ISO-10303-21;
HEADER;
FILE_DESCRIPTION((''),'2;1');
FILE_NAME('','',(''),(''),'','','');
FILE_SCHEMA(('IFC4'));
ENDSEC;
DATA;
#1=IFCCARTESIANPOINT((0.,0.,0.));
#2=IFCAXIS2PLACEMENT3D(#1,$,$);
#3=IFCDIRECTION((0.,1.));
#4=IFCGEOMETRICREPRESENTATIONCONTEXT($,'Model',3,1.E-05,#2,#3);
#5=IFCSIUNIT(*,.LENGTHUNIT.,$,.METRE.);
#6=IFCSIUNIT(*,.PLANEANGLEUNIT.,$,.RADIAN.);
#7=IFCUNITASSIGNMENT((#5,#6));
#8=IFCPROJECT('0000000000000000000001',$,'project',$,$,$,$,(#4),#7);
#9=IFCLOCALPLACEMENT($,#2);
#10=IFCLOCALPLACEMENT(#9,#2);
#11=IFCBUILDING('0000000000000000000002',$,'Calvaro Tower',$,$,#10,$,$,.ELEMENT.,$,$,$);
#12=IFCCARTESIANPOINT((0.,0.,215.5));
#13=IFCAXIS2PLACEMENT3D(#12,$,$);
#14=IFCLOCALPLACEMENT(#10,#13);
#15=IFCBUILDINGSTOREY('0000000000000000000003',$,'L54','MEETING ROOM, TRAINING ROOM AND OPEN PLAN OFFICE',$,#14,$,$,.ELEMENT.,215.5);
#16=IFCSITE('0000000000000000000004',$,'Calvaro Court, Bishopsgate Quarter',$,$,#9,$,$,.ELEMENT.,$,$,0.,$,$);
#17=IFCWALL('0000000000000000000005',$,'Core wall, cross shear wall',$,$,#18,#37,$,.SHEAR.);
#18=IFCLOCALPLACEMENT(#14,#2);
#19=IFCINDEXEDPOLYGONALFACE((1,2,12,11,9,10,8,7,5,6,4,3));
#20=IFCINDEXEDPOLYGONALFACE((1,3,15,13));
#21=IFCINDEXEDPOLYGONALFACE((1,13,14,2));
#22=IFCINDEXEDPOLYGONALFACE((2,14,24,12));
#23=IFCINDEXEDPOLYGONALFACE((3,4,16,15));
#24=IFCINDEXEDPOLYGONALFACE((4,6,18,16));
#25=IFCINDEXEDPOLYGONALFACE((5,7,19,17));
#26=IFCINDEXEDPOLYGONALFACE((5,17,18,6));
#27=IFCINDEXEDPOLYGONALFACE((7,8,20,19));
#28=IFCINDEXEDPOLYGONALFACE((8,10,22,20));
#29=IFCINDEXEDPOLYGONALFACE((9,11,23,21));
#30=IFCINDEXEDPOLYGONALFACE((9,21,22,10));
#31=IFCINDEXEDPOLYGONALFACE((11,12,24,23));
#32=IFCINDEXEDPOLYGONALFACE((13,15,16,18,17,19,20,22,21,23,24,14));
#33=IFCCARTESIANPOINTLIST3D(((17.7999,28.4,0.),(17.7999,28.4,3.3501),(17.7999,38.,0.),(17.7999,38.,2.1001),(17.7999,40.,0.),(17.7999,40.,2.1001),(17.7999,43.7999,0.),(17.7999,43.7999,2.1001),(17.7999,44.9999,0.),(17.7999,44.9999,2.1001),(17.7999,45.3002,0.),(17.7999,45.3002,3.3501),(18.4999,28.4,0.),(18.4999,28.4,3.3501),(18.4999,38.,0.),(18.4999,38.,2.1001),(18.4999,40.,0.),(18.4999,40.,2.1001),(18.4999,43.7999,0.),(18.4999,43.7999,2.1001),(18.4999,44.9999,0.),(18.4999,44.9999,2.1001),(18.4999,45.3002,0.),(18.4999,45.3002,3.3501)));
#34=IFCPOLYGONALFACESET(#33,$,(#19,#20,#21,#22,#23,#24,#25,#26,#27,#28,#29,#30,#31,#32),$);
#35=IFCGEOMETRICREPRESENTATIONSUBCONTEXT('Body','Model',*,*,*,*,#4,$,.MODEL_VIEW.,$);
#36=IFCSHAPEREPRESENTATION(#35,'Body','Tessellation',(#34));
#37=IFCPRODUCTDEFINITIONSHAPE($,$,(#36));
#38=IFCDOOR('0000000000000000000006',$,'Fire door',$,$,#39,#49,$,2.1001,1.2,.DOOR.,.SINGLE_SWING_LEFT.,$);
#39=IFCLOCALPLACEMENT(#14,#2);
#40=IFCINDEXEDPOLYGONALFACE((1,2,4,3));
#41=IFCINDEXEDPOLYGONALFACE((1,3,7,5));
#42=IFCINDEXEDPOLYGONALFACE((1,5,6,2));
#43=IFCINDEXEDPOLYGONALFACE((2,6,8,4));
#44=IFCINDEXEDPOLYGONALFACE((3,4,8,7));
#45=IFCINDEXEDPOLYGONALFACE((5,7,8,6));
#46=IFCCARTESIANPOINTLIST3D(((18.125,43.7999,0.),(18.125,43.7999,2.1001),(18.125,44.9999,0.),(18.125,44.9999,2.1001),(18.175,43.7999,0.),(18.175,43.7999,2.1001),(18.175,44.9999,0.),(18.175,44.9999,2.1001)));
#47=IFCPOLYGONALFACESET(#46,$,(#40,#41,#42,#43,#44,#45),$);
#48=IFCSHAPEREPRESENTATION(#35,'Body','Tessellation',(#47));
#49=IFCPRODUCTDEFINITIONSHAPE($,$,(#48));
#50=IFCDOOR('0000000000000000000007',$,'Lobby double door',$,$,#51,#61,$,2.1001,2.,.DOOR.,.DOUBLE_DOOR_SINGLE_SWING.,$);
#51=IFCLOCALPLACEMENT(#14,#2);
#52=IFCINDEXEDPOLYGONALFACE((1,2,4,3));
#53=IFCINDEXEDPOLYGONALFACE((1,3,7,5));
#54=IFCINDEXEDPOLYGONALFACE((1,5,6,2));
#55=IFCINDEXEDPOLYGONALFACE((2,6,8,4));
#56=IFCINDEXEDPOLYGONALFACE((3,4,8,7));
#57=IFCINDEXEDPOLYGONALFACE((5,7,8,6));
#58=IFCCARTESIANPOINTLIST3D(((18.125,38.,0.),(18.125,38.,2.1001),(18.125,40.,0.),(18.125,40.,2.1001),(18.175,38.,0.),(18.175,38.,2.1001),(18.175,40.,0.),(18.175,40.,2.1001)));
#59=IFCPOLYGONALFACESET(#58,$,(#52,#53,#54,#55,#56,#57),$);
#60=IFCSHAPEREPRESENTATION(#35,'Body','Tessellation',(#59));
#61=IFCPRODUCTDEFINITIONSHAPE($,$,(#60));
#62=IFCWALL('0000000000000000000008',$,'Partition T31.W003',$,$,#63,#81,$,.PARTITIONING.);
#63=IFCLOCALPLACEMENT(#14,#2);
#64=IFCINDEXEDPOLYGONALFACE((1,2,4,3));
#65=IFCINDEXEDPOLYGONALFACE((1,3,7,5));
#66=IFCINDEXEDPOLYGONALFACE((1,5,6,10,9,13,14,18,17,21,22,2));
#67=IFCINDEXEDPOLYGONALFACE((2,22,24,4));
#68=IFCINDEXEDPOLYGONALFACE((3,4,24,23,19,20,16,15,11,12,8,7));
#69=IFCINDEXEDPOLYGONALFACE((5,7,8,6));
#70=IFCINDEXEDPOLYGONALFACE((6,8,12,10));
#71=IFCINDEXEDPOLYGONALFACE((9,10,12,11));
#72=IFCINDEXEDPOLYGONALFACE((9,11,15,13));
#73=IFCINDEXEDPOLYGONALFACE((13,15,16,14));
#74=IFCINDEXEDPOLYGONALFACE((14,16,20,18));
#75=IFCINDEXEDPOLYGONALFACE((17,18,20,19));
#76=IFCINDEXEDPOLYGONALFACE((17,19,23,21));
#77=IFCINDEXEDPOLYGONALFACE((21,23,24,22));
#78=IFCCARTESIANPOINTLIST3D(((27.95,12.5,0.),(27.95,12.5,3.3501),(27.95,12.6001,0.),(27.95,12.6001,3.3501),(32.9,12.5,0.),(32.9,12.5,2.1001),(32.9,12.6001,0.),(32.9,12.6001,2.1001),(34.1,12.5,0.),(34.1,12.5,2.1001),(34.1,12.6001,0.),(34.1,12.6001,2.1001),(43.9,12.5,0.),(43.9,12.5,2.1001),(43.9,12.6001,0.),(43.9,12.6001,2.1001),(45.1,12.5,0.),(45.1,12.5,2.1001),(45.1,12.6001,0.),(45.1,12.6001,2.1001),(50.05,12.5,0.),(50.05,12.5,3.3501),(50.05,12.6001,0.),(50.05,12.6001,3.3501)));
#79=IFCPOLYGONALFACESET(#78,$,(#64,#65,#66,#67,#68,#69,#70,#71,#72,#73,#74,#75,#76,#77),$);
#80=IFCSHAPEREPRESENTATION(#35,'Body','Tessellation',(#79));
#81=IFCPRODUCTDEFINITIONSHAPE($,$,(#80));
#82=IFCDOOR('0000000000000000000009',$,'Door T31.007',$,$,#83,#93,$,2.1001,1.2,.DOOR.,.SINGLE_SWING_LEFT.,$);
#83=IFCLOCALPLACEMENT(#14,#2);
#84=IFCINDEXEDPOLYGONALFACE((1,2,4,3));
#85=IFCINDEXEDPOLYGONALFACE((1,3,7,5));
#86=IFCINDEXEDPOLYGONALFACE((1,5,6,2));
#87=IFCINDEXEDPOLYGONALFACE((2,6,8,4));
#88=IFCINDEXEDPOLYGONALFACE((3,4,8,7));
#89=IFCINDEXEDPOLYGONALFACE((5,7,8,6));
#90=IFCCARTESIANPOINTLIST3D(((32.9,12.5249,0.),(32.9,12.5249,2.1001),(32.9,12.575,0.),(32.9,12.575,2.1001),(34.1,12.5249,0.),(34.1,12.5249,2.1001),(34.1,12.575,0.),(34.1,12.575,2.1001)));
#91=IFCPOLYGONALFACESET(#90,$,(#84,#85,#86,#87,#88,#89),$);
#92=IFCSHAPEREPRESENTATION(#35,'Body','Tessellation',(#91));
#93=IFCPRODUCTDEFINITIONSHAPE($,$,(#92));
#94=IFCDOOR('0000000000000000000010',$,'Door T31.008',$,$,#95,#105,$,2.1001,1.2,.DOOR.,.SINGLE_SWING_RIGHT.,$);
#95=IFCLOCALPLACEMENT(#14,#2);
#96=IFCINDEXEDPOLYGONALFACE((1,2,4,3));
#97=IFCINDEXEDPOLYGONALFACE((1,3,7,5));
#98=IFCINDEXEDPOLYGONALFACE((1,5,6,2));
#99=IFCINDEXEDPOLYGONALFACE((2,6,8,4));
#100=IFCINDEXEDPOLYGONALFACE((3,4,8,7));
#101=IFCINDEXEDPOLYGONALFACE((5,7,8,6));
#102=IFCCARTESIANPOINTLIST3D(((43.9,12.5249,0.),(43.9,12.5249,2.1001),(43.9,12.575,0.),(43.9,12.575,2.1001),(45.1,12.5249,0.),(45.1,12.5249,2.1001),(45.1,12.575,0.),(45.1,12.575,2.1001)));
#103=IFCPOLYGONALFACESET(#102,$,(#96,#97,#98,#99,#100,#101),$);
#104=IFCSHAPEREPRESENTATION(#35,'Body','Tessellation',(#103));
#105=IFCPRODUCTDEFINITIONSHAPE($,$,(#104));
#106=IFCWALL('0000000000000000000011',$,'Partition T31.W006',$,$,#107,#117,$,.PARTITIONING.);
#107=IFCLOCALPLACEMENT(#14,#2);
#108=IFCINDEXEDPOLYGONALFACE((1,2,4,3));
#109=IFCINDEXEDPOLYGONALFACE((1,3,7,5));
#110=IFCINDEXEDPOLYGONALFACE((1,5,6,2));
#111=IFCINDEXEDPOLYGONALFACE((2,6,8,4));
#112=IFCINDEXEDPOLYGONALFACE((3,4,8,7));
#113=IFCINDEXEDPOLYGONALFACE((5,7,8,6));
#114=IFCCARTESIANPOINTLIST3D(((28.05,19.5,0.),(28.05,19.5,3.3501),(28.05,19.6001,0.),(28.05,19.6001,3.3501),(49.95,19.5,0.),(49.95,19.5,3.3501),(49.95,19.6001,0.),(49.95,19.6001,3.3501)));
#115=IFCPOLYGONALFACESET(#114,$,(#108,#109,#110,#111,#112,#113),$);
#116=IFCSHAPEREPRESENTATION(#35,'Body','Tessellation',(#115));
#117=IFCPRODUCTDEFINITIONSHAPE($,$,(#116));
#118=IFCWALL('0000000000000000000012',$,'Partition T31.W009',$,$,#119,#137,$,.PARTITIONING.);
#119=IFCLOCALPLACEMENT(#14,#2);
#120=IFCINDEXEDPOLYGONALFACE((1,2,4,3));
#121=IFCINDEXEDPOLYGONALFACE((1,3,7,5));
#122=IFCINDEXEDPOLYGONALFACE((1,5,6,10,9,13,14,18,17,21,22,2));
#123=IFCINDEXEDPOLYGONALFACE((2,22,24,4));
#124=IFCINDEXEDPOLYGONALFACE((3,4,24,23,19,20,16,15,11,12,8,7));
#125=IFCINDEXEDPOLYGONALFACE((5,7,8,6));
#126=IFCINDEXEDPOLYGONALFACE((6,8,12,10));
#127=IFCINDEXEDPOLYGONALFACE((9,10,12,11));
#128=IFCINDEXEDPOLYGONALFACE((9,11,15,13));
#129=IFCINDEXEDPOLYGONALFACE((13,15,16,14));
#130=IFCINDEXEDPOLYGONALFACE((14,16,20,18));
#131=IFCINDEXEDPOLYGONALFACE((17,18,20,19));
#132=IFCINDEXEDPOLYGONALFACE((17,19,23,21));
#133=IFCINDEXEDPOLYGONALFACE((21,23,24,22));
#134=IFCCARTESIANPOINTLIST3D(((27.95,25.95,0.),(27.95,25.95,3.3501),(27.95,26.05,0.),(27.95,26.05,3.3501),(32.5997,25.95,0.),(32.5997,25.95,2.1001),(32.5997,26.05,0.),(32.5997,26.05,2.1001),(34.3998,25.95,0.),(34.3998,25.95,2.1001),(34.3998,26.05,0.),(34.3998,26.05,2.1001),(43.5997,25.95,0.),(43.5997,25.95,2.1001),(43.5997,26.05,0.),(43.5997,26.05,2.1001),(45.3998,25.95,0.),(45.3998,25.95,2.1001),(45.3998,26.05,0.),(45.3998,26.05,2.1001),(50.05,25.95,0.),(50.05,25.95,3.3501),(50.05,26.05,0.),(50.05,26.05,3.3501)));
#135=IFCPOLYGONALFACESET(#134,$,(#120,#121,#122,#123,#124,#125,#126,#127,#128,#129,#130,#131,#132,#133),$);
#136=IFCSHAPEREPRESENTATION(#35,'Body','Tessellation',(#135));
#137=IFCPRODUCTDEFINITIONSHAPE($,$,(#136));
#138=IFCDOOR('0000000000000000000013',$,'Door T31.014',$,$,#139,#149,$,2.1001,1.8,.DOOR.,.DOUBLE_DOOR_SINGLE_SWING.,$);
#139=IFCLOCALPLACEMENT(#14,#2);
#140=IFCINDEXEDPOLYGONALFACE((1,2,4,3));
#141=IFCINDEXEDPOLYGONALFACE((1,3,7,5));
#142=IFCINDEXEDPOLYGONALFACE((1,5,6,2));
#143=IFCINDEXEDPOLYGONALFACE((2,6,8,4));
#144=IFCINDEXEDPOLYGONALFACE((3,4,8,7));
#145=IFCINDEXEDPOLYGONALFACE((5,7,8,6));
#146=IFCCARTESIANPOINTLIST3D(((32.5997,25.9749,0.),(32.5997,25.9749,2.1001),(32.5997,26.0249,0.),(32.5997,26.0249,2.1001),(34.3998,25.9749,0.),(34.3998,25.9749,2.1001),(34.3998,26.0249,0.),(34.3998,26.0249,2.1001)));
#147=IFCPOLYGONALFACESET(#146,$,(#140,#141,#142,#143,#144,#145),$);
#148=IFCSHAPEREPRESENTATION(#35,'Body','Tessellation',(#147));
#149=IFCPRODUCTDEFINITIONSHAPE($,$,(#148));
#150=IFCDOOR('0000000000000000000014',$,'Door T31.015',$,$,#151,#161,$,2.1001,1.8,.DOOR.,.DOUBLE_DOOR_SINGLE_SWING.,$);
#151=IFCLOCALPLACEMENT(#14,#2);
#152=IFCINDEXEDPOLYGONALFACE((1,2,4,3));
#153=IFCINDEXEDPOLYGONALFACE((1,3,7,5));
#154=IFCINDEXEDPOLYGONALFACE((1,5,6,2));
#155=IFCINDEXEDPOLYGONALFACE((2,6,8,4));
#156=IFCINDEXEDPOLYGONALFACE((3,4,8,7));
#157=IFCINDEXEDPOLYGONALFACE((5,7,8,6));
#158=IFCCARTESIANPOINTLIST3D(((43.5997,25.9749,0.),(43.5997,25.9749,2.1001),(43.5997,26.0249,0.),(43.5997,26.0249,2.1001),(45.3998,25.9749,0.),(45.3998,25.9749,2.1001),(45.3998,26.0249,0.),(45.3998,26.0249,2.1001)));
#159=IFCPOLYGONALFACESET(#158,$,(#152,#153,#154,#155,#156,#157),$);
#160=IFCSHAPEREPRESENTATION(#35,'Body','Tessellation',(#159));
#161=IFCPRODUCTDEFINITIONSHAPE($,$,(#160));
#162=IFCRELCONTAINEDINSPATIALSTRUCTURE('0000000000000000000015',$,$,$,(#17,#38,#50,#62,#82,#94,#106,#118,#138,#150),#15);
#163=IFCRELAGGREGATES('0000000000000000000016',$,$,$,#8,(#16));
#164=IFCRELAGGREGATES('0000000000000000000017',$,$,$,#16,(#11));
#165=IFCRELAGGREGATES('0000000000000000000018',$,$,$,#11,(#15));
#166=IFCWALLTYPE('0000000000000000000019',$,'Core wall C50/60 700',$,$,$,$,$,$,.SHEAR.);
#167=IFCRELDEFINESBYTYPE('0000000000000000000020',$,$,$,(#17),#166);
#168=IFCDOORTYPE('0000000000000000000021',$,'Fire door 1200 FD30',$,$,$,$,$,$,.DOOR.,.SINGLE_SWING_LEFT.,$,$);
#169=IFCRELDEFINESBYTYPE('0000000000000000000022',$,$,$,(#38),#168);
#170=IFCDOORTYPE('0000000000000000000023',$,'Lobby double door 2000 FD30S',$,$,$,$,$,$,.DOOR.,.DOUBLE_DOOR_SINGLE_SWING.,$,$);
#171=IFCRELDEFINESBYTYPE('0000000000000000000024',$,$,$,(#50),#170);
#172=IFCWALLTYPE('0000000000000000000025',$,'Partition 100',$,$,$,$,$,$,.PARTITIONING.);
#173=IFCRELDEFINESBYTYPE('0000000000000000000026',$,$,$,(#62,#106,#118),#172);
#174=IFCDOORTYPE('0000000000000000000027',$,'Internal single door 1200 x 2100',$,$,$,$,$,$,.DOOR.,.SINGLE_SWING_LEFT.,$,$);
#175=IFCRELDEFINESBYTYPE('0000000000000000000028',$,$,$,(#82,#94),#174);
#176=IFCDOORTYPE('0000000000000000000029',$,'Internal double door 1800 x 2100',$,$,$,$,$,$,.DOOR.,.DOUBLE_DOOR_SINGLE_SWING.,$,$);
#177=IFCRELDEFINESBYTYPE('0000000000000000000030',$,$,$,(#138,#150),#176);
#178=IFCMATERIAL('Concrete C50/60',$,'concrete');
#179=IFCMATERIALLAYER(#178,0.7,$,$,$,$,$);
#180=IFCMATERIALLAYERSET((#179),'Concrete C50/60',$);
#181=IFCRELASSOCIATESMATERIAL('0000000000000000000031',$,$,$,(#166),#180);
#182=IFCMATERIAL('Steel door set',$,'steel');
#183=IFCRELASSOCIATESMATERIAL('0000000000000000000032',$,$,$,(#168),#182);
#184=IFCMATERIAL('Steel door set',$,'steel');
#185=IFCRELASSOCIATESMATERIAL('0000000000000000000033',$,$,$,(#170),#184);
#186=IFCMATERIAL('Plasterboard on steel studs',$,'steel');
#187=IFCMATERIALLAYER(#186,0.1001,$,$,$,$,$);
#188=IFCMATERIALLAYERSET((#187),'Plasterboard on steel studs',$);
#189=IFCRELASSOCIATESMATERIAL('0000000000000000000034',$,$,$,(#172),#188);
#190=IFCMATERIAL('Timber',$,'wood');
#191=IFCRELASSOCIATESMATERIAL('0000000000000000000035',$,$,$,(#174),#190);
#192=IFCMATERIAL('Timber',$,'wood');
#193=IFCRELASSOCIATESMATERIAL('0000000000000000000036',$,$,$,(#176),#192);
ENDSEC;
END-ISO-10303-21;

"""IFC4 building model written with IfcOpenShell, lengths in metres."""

from ifc_helpers import new_model, si_unit, direction, frame, frame_2d, origin, place, context, subcontext, project, spatial, rectangle, extrude, material, layer, layer_set, type_object, element, fill, save


model = new_model("IFC4")

# Units and contexts
model_context = context("Model", 3, precision=1e-05, world=origin(), true_north=direction((0.0, 1.0)))
body_context = subcontext(model_context, "Body", "Model", "MODEL_VIEW")
ifc_project = project(units=[si_unit("LENGTHUNIT", "METRE"), si_unit("PLANEANGLEUNIT", "RADIAN")], contexts=[model_context])

# Site, building, storey
site_placement = place(None, origin())
site = spatial("IfcSite", under=ifc_project, at=site_placement, Name="Calvaro Court, Bishopsgate Quarter", CompositionType="ELEMENT", RefElevation=0.0)
building_placement = place(site_placement, origin())
building = spatial("IfcBuilding", under=site, at=building_placement, Name="Calvaro Tower", CompositionType="ELEMENT")
storey_placement = place(building_placement, frame((0.0, 0.0, 215.5)))
storey = spatial("IfcBuildingStorey", under=building, at=storey_placement, Name="L54", Description="MEETING ROOM, TRAINING ROOM AND OPEN PLAN OFFICE", CompositionType="ELEMENT", Elevation=215.5)

# Walls, openings, doors
ifc_material_1 = material(Name="Concrete C50/60", Category="concrete")
ifc_layer_1 = layer(ifc_material_1, 0.7)
ifc_layer_set_1 = layer_set([ifc_layer_1], Name="Concrete C50/60")
wall_type_1 = type_object("IfcWallType", Name="Core wall C50/60 700", PredefinedType="SHEAR", material=ifc_layer_set_1)
wall_1_placement = place(storey_placement, frame((18.1499, 28.3999, 0.0), z_axis=(0.0, 0.0, 1.0), x_axis=(0.0, 1.0, 0.0)))
wall_1 = element("IfcWall", 1, at=wall_1_placement, inside=storey, type_object=wall_type_1, Name="Core wall, cross shear wall", PredefinedType="SHEAR", context=body_context, shape_type="SweptSolid", body=[
    extrude(rectangle(XDim=16.9001, YDim=0.7, at=frame_2d((8.4502, 0.0))), origin(), (0.0, 0.0, 1.0), 3.3501),
])
opening_1_placement = place(wall_1_placement, frame((9.6001, 0.0, 0.0)))
opening_1 = element("IfcOpeningElement", 2, at=opening_1_placement, cuts=wall_1, PredefinedType="OPENING", context=body_context, shape_type="SweptSolid", body=[
    extrude(rectangle(XDim=2.0, YDim=2.1001, at=frame_2d((1.0, 1.05))), frame((0.0, 0.3599, 0.0), z_axis=(0.0, -1.0, 0.0), x_axis=(1.0, 0.0, 0.0)), (0.0, 0.0, 1.0), 0.72),
])
opening_2_placement = place(wall_1_placement, frame((15.3999, 0.0, 0.0)))
opening_2 = element("IfcOpeningElement", 3, at=opening_2_placement, cuts=wall_1, PredefinedType="OPENING", context=body_context, shape_type="SweptSolid", body=[
    extrude(rectangle(XDim=1.2, YDim=2.1001, at=frame_2d((0.6001, 1.05))), frame((0.0, 0.3599, 0.0), z_axis=(0.0, -1.0, 0.0), x_axis=(1.0, 0.0, 0.0)), (0.0, 0.0, 1.0), 0.72),
])
ifc_material_2 = material(Name="Steel door set", Category="steel")
door_type_1 = type_object("IfcDoorType", Name="Fire door 1200 FD30", OperationType="SINGLE_SWING_LEFT", PredefinedType="DOOR", material=ifc_material_2)
door_1_placement = place(opening_2_placement, origin())
door_1 = element("IfcDoor", 4, at=door_1_placement, inside=storey, type_object=door_type_1, Name="Fire door", OperationType="SINGLE_SWING_LEFT", OverallHeight=2.1001, OverallWidth=1.2, PredefinedType="DOOR", context=body_context, shape_type="SweptSolid", body=[
    extrude(rectangle(XDim=1.2, YDim=2.1001, at=frame_2d((0.6001, 1.05))), frame((0.0, 0.0249, 0.0), z_axis=(0.0, -1.0, 0.0), x_axis=(1.0, 0.0, 0.0)), (0.0, 0.0, 1.0), 0.05),
])
fill(opening_2, door_1)
ifc_material_3 = material(Name="Steel door set", Category="steel")
door_type_2 = type_object("IfcDoorType", Name="Lobby double door 2000 FD30S", OperationType="DOUBLE_DOOR_SINGLE_SWING", PredefinedType="DOOR", material=ifc_material_3)
door_2_placement = place(opening_1_placement, origin())
door_2 = element("IfcDoor", 5, at=door_2_placement, inside=storey, type_object=door_type_2, Name="Lobby double door", OperationType="DOUBLE_DOOR_SINGLE_SWING", OverallHeight=2.1001, OverallWidth=2.0, PredefinedType="DOOR", context=body_context, shape_type="SweptSolid", body=[
    extrude(rectangle(XDim=2.0, YDim=2.1001, at=frame_2d((1.0, 1.05))), frame((0.0, 0.0249, 0.0), z_axis=(0.0, -1.0, 0.0), x_axis=(1.0, 0.0, 0.0)), (0.0, 0.0, 1.0), 0.05),
])
fill(opening_1, door_2)
ifc_material_4 = material(Name="Plasterboard on steel studs", Category="steel")
ifc_layer_2 = layer(ifc_material_4, 0.1001)
ifc_layer_set_2 = layer_set([ifc_layer_2], Name="Plasterboard on steel studs")
wall_type_2 = type_object("IfcWallType", Name="Partition 100", PredefinedType="PARTITIONING", material=ifc_layer_set_2)
wall_2_placement = place(storey_placement, frame((27.95, 12.55, 0.0), z_axis=(0.0, 0.0, 1.0), x_axis=(1.0, 0.0, 0.0)))
wall_2 = element("IfcWall", 6, at=wall_2_placement, inside=storey, type_object=wall_type_2, Name="Partition T31.W003", PredefinedType="PARTITIONING", context=body_context, shape_type="SweptSolid", body=[
    extrude(rectangle(XDim=22.1001, YDim=0.1001, at=frame_2d((11.05, 0.0))), origin(), (0.0, 0.0, 1.0), 3.3501),
])
opening_3_placement = place(wall_2_placement, frame((4.95, 0.0, 0.0)))
opening_3 = element("IfcOpeningElement", 7, at=opening_3_placement, cuts=wall_2, PredefinedType="OPENING", context=body_context, shape_type="SweptSolid", body=[
    extrude(rectangle(XDim=1.2, YDim=2.1001, at=frame_2d((0.6001, 1.05))), frame((0.0, 0.0601, 0.0), z_axis=(0.0, -1.0, 0.0), x_axis=(1.0, 0.0, 0.0)), (0.0, 0.0, 1.0), 0.1201),
])
opening_4_placement = place(wall_2_placement, frame((15.95, 0.0, 0.0)))
opening_4 = element("IfcOpeningElement", 8, at=opening_4_placement, cuts=wall_2, PredefinedType="OPENING", context=body_context, shape_type="SweptSolid", body=[
    extrude(rectangle(XDim=1.2, YDim=2.1001, at=frame_2d((0.6001, 1.05))), frame((0.0, 0.0601, 0.0), z_axis=(0.0, -1.0, 0.0), x_axis=(1.0, 0.0, 0.0)), (0.0, 0.0, 1.0), 0.1201),
])
ifc_material_5 = material(Name="Timber", Category="wood")
door_type_3 = type_object("IfcDoorType", Name="Internal single door 1200 x 2100", OperationType="SINGLE_SWING_LEFT", PredefinedType="DOOR", material=ifc_material_5)
door_3_placement = place(opening_3_placement, origin())
door_3 = element("IfcDoor", 9, at=door_3_placement, inside=storey, type_object=door_type_3, Name="Door T31.007", OperationType="SINGLE_SWING_LEFT", OverallHeight=2.1001, OverallWidth=1.2, PredefinedType="DOOR", context=body_context, shape_type="SweptSolid", body=[
    extrude(rectangle(XDim=1.2, YDim=2.1001, at=frame_2d((0.6001, 1.05))), frame((0.0, 0.0249, 0.0), z_axis=(0.0, -1.0, 0.0), x_axis=(1.0, 0.0, 0.0)), (0.0, 0.0, 1.0), 0.05),
])
fill(opening_3, door_3)
door_4_placement = place(opening_4_placement, origin())
door_4 = element("IfcDoor", 10, at=door_4_placement, inside=storey, type_object=door_type_3, Name="Door T31.008", OperationType="SINGLE_SWING_RIGHT", OverallHeight=2.1001, OverallWidth=1.2, PredefinedType="DOOR", context=body_context, shape_type="SweptSolid", body=[
    extrude(rectangle(XDim=1.2, YDim=2.1001, at=frame_2d((0.6001, 1.05))), frame((0.0, 0.0249, 0.0), z_axis=(0.0, -1.0, 0.0), x_axis=(1.0, 0.0, 0.0)), (0.0, 0.0, 1.0), 0.05),
])
fill(opening_4, door_4)

# Wall
wall_3_placement = place(storey_placement, frame((28.05, 19.55, 0.0), z_axis=(0.0, 0.0, 1.0), x_axis=(1.0, 0.0, 0.0)))
element("IfcWall", 11, at=wall_3_placement, inside=storey, type_object=wall_type_2, Name="Partition T31.W006", PredefinedType="PARTITIONING", context=body_context, shape_type="SweptSolid", body=[
    extrude(rectangle(XDim=21.8999, YDim=0.1001, at=frame_2d((10.95, 0.0))), origin(), (0.0, 0.0, 1.0), 3.3501),
])

# Wall, openings, doors
wall_4_placement = place(storey_placement, frame((27.95, 26.0, 0.0), z_axis=(0.0, 0.0, 1.0), x_axis=(1.0, 0.0, 0.0)))
wall_4 = element("IfcWall", 12, at=wall_4_placement, inside=storey, type_object=wall_type_2, Name="Partition T31.W009", PredefinedType="PARTITIONING", context=body_context, shape_type="SweptSolid", body=[
    extrude(rectangle(XDim=22.1001, YDim=0.1001, at=frame_2d((11.05, 0.0))), origin(), (0.0, 0.0, 1.0), 3.3501),
])
opening_5_placement = place(wall_4_placement, frame((4.6499, 0.0, 0.0)))
opening_5 = element("IfcOpeningElement", 13, at=opening_5_placement, cuts=wall_4, PredefinedType="OPENING", context=body_context, shape_type="SweptSolid", body=[
    extrude(rectangle(XDim=1.8, YDim=2.1001, at=frame_2d((0.8999, 1.05))), frame((0.0, 0.0601, 0.0), z_axis=(0.0, -1.0, 0.0), x_axis=(1.0, 0.0, 0.0)), (0.0, 0.0, 1.0), 0.1201),
])
opening_6_placement = place(wall_4_placement, frame((15.6499, 0.0, 0.0)))
opening_6 = element("IfcOpeningElement", 14, at=opening_6_placement, cuts=wall_4, PredefinedType="OPENING", context=body_context, shape_type="SweptSolid", body=[
    extrude(rectangle(XDim=1.8, YDim=2.1001, at=frame_2d((0.8999, 1.05))), frame((0.0, 0.0601, 0.0), z_axis=(0.0, -1.0, 0.0), x_axis=(1.0, 0.0, 0.0)), (0.0, 0.0, 1.0), 0.1201),
])
ifc_material_6 = material(Name="Timber", Category="wood")
door_type_4 = type_object("IfcDoorType", Name="Internal double door 1800 x 2100", OperationType="DOUBLE_DOOR_SINGLE_SWING", PredefinedType="DOOR", material=ifc_material_6)
door_5_placement = place(opening_5_placement, origin())
door_5 = element("IfcDoor", 15, at=door_5_placement, inside=storey, type_object=door_type_4, Name="Door T31.014", OperationType="DOUBLE_DOOR_SINGLE_SWING", OverallHeight=2.1001, OverallWidth=1.8, PredefinedType="DOOR", context=body_context, shape_type="SweptSolid", body=[
    extrude(rectangle(XDim=1.8, YDim=2.1001, at=frame_2d((0.8999, 1.05))), frame((0.0, 0.0249, 0.0), z_axis=(0.0, -1.0, 0.0), x_axis=(1.0, 0.0, 0.0)), (0.0, 0.0, 1.0), 0.05),
])
fill(opening_5, door_5)
door_6_placement = place(opening_6_placement, origin())
door_6 = element("IfcDoor", 16, at=door_6_placement, inside=storey, type_object=door_type_4, Name="Door T31.015", OperationType="DOUBLE_DOOR_SINGLE_SWING", OverallHeight=2.1001, OverallWidth=1.8, PredefinedType="DOOR", context=body_context, shape_type="SweptSolid", body=[
    extrude(rectangle(XDim=1.8, YDim=2.1001, at=frame_2d((0.8999, 1.05))), frame((0.0, 0.0249, 0.0), z_axis=(0.0, -1.0, 0.0), x_axis=(1.0, 0.0, 0.0)), (0.0, 0.0, 1.0), 0.05),
])
fill(opening_6, door_6)

save(model, "model.ifc")
